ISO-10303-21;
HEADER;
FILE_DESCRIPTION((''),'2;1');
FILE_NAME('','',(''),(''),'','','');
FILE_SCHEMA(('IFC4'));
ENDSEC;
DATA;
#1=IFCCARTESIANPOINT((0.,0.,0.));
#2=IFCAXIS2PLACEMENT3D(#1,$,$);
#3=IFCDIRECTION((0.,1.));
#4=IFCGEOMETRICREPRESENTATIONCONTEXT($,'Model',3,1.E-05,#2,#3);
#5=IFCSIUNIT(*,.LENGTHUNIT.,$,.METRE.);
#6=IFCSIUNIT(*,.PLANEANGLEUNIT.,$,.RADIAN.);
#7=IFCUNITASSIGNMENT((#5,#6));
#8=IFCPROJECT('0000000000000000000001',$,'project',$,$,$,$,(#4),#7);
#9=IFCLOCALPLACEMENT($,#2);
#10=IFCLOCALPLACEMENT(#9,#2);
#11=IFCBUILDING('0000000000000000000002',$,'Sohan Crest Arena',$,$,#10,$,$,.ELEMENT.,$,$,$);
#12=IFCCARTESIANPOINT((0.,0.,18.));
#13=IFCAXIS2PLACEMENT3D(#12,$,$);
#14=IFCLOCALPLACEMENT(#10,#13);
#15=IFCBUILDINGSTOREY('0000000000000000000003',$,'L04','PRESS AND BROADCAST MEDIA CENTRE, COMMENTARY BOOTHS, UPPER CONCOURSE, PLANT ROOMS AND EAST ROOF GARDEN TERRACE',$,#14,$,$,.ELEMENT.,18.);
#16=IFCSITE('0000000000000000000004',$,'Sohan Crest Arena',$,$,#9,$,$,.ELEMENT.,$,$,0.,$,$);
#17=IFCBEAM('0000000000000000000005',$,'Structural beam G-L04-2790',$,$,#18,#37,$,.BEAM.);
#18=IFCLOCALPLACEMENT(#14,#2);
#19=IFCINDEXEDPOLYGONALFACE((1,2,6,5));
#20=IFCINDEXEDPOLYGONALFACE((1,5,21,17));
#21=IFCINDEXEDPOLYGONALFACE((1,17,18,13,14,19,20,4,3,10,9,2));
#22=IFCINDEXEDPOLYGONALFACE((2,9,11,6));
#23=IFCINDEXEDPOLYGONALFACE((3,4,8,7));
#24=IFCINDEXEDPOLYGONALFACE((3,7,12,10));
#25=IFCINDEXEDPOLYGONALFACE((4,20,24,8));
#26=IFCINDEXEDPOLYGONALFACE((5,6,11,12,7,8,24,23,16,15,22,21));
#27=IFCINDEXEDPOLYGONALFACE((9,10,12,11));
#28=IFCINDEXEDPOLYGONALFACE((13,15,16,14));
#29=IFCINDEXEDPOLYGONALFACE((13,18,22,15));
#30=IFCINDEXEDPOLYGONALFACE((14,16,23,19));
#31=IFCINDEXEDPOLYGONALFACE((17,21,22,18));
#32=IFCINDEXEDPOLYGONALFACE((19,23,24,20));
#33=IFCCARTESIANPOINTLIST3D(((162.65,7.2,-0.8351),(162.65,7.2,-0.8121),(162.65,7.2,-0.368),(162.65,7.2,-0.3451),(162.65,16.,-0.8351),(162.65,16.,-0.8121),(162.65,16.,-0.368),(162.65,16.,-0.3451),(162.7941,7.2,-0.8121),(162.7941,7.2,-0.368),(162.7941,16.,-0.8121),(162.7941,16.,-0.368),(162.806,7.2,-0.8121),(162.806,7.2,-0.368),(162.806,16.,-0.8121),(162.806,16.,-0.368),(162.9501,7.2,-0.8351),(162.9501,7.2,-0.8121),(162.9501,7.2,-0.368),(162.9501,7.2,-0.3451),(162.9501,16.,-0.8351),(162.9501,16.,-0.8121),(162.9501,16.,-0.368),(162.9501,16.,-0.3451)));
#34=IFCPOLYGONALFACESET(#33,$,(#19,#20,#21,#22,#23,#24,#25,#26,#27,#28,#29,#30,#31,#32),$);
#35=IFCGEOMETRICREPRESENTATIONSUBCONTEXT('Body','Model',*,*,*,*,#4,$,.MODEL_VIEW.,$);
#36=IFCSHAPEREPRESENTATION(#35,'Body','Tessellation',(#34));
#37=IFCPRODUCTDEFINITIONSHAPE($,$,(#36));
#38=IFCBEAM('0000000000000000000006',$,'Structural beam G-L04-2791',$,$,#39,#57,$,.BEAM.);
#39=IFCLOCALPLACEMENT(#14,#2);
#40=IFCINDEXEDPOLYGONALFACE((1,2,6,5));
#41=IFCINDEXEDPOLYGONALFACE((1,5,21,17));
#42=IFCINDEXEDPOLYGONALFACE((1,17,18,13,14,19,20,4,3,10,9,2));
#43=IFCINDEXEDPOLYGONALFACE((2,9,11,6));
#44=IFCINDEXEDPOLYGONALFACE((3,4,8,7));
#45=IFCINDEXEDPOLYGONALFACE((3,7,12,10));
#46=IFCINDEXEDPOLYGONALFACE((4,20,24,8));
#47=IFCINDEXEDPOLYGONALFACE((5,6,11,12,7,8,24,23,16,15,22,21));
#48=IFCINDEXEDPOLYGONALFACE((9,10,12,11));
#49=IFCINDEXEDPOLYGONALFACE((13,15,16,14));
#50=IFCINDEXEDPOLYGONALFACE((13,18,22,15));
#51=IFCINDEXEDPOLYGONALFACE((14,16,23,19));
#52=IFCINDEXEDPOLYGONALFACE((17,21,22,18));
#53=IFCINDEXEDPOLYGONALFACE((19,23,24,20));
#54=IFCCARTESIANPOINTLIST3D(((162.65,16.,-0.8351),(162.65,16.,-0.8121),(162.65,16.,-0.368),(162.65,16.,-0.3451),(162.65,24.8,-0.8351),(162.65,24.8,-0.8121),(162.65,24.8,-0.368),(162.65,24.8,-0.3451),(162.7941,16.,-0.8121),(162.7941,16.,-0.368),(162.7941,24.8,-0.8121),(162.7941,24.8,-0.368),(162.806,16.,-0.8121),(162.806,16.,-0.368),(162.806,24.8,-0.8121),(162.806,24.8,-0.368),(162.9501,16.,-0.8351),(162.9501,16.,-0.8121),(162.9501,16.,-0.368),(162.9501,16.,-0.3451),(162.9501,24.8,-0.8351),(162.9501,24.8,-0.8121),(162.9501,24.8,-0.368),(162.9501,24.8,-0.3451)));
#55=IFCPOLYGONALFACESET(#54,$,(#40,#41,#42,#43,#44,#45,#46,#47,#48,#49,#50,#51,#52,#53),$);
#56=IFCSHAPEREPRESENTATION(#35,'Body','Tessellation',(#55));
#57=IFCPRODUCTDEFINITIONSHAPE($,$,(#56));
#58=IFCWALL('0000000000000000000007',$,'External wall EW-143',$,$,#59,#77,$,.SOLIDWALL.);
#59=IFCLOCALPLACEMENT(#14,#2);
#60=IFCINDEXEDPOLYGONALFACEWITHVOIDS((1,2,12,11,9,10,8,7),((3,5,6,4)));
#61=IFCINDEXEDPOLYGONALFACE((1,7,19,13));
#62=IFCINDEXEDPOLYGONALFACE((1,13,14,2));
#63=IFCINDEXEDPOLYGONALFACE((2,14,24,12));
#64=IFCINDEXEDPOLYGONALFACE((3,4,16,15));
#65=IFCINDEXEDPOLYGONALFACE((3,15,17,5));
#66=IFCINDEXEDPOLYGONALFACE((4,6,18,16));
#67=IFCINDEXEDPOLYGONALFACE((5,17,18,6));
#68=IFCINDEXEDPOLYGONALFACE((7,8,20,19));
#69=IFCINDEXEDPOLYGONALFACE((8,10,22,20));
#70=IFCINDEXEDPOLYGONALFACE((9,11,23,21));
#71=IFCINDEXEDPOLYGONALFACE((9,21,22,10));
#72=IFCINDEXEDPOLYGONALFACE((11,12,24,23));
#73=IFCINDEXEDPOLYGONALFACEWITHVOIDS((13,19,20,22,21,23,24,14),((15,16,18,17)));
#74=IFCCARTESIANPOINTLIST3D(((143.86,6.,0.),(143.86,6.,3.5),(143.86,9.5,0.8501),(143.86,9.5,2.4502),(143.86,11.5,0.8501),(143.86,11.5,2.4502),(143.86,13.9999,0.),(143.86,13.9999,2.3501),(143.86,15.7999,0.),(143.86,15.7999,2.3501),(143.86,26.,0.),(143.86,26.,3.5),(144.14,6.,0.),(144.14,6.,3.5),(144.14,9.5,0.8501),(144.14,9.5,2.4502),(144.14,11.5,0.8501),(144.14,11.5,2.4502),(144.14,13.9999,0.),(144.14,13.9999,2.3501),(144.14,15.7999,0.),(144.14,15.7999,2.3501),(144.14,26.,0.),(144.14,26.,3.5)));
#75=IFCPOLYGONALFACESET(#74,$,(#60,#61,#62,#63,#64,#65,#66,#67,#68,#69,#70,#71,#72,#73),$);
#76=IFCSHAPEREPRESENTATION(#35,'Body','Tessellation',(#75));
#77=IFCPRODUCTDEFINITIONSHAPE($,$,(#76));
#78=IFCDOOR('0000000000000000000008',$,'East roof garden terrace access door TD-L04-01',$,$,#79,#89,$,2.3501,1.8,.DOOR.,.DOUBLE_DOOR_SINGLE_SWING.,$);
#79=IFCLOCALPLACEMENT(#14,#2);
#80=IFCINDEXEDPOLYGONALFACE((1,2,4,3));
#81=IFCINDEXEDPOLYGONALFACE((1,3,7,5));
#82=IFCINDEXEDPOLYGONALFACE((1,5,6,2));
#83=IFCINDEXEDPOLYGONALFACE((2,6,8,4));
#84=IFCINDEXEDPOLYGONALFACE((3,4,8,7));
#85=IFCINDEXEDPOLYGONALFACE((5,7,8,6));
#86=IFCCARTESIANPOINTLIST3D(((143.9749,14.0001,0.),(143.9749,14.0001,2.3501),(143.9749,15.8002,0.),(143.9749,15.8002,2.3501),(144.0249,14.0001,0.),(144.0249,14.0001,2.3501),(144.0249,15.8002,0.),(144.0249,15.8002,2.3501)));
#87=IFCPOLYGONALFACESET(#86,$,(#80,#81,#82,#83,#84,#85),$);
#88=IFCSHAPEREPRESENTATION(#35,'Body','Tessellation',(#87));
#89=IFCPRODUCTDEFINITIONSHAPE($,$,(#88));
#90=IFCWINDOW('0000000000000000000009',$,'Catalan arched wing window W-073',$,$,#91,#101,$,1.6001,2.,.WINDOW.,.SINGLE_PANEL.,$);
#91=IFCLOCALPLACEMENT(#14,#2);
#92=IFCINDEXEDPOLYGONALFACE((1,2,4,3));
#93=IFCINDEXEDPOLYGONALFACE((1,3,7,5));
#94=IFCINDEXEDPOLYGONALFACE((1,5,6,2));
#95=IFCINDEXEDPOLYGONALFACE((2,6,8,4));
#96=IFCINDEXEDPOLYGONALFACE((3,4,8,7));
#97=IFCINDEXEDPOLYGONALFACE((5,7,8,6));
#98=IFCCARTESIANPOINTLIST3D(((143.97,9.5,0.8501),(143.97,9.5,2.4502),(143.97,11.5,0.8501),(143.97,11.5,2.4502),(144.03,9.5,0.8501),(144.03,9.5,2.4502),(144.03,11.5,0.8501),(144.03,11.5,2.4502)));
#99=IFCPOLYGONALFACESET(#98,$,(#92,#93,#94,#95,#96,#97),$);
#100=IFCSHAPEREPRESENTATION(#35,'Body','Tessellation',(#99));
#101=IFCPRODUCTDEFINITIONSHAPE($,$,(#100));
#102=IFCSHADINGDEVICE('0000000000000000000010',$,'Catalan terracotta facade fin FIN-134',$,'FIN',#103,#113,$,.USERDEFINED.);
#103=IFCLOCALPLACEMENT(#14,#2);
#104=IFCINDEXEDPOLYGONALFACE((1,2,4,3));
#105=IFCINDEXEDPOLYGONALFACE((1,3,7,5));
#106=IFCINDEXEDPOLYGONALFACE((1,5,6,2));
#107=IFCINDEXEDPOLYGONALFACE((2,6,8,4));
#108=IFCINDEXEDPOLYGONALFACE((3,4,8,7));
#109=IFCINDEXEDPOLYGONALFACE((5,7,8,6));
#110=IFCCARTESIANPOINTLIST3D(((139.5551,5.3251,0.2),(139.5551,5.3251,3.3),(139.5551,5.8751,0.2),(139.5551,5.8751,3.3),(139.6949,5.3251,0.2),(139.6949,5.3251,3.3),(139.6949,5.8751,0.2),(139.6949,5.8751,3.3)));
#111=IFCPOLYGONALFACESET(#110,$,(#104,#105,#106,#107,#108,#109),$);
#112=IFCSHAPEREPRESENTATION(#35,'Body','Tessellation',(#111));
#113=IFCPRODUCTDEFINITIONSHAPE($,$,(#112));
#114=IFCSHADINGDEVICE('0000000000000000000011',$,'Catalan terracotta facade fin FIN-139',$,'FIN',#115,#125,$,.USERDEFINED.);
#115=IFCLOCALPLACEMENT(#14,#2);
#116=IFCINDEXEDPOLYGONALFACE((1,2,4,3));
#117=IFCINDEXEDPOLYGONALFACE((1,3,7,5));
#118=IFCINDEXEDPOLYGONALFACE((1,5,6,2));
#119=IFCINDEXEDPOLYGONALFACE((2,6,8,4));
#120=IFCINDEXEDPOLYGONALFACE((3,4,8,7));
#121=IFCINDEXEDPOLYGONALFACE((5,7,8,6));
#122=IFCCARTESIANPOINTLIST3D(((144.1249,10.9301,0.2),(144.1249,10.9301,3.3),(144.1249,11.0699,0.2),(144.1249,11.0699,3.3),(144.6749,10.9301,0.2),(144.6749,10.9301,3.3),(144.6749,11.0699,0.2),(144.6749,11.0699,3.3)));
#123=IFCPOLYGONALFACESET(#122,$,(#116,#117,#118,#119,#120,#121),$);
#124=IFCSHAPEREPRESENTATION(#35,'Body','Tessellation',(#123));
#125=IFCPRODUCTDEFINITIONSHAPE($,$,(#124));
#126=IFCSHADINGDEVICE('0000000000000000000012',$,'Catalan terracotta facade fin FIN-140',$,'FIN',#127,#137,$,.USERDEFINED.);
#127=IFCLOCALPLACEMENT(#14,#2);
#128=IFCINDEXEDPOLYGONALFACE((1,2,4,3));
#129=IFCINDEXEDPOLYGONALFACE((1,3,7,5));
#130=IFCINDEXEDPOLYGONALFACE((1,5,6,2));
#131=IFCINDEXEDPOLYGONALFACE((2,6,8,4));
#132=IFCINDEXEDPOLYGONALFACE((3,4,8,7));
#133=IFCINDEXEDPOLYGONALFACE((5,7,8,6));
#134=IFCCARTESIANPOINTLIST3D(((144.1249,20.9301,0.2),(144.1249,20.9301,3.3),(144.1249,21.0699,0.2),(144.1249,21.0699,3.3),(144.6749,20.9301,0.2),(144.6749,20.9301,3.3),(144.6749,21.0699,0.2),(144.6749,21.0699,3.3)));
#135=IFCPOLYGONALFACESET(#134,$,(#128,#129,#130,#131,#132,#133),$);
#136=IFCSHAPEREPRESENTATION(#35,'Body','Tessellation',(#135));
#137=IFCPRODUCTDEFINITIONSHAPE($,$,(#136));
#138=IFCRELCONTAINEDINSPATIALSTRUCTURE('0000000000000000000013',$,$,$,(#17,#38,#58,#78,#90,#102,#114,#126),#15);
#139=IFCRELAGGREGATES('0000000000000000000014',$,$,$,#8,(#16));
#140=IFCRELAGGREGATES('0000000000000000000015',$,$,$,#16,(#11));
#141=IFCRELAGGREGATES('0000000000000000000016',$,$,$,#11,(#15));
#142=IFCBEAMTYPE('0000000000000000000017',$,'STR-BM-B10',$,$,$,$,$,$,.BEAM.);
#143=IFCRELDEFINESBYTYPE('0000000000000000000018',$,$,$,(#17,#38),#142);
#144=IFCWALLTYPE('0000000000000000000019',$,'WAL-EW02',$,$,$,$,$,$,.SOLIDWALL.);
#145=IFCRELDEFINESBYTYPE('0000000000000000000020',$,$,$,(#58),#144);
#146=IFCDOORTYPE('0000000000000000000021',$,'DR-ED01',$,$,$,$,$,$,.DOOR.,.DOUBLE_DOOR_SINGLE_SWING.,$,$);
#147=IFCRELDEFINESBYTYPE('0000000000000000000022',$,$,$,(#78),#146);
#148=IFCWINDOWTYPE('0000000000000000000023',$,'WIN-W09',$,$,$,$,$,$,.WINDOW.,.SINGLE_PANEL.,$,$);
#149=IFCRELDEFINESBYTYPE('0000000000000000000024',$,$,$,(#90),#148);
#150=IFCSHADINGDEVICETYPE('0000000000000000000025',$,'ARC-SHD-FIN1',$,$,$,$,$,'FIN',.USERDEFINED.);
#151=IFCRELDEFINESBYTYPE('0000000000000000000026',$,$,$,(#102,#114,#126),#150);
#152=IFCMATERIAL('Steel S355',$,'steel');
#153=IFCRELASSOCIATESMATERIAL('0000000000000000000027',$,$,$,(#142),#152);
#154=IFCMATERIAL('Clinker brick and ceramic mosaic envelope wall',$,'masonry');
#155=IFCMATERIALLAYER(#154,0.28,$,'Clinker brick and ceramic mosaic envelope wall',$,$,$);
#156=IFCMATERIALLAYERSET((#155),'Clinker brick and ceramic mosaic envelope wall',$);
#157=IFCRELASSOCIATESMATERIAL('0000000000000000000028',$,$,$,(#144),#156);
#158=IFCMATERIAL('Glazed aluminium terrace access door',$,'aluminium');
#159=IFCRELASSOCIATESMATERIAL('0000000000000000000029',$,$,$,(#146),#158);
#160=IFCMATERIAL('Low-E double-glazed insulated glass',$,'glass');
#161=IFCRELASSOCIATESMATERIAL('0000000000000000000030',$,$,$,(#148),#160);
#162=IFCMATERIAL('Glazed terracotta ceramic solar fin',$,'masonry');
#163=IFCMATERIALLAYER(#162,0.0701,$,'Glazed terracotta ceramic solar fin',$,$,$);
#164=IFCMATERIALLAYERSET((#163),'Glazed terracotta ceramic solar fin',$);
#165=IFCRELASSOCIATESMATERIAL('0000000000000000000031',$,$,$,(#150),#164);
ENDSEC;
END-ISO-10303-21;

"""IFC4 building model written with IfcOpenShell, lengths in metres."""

from ifc_helpers import new_model, si_unit, direction, frame, frame_2d, origin, origin_2d, place, context, subcontext, project, spatial, rectangle, i_section, extrude, material, layer, layer_set, material_profile, profile_set, type_object, element, fill, save


model = new_model("IFC4")

# Units and contexts
model_context = context("Model", 3, precision=1e-05, world=origin(), true_north=direction((0.0, 1.0)))
body_context = subcontext(model_context, "Body", "Model", "MODEL_VIEW")
ifc_project = project(units=[si_unit("LENGTHUNIT", "METRE"), si_unit("PLANEANGLEUNIT", "RADIAN")], contexts=[model_context])

# Site, building, storey
site_placement = place(None, origin())
site = spatial("IfcSite", under=ifc_project, at=site_placement, Name="Sohan Crest Arena", CompositionType="ELEMENT", RefElevation=0.0)
building_placement = place(site_placement, origin())
building = spatial("IfcBuilding", under=site, at=building_placement, Name="Sohan Crest Arena", CompositionType="ELEMENT")
storey_placement = place(building_placement, frame((0.0, 0.0, 18.0)))
storey = spatial("IfcBuildingStorey", under=building, at=storey_placement, Name="L04", Description="PRESS AND BROADCAST MEDIA CENTRE, COMMENTARY BOOTHS, UPPER CONCOURSE, PLANT ROOMS AND EAST ROOF GARDEN TERRACE", CompositionType="ELEMENT", Elevation=18.0)

# Shared definitions
ifc_material_1 = material(Name="Steel S355", Category="steel")

# Beams
ifc_material_profile_1 = material_profile(ifc_material_1, i_section(OverallWidth=0.3, OverallDepth=0.49, WebThickness=0.012, FlangeThickness=0.0229, at=origin_2d()), Name="HEA 500")
ifc_profile_set_1 = profile_set([ifc_material_profile_1], Name="Steel S355")
beam_type_1 = type_object("IfcBeamType", Name="STR-BM-B10", PredefinedType="BEAM", material=ifc_profile_set_1)
for number, where, z_axis, x_axis, name in (
    (1, (162.8, 7.2, -0.5901), (0.0, 1.0, 0.0), (-1.0, 0.0, 0.0), "Structural beam G-L04-2790"),
    (2, (162.8, 16.0, -0.5901), (0.0, 1.0, 0.0), (-1.0, 0.0, 0.0), "Structural beam G-L04-2791"),
):
    element("IfcBeam", number, at=place(storey_placement, frame(where, z_axis=z_axis, x_axis=x_axis)), inside=storey, type_object=beam_type_1, Name=name, PredefinedType="BEAM", context=body_context, shape_type="SweptSolid", body=[
        extrude(i_section(OverallWidth=0.3, OverallDepth=0.49, WebThickness=0.012, FlangeThickness=0.0229, at=origin_2d()), origin(), (0.0, 0.0, 1.0), 8.8),
    ])

# Wall, openings, door, window
ifc_material_2 = material(Name="Clinker brick and ceramic mosaic envelope wall", Category="masonry")
ifc_layer_1 = layer(ifc_material_2, 0.28, Name="Clinker brick and ceramic mosaic envelope wall")
ifc_layer_set_1 = layer_set([ifc_layer_1], Name="Clinker brick and ceramic mosaic envelope wall")
wall_type = type_object("IfcWallType", Name="WAL-EW02", PredefinedType="SOLIDWALL", material=ifc_layer_set_1)
wall_placement = place(storey_placement, frame((144.0, 6.0, 0.0), z_axis=(0.0, 0.0, 1.0), x_axis=(0.0, 1.0, 0.0)))
wall = element("IfcWall", 3, at=wall_placement, inside=storey, type_object=wall_type, Name="External wall EW-143", PredefinedType="SOLIDWALL", context=body_context, shape_type="SweptSolid", body=[
    extrude(rectangle(XDim=20.0, YDim=0.28, at=frame_2d((10.0, 0.0))), origin(), (0.0, 0.0, 1.0), 3.5),
])
opening_1_placement = place(wall_placement, frame((3.5, 0.0, 0.8501)))
opening_1 = element("IfcOpeningElement", 4, at=opening_1_placement, cuts=wall, PredefinedType="OPENING", context=body_context, shape_type="SweptSolid", body=[
    extrude(rectangle(XDim=2.0, YDim=1.6001, at=frame_2d((1.0, 0.8))), frame((0.0, 0.1499, 0.0), z_axis=(0.0, -1.0, 0.0), x_axis=(1.0, 0.0, 0.0)), (0.0, 0.0, 1.0), 0.3),
])
opening_2_placement = place(wall_placement, frame((8.0, 0.0, 0.0)))
opening_2 = element("IfcOpeningElement", 5, at=opening_2_placement, cuts=wall, PredefinedType="OPENING", context=body_context, shape_type="SweptSolid", body=[
    extrude(rectangle(XDim=1.8, YDim=2.3501, at=frame_2d((0.8999, 1.175))), frame((0.0, 0.1499, 0.0), z_axis=(0.0, -1.0, 0.0), x_axis=(1.0, 0.0, 0.0)), (0.0, 0.0, 1.0), 0.3),
])
ifc_material_3 = material(Name="Glazed aluminium terrace access door", Category="aluminium")
door_type = type_object("IfcDoorType", Name="DR-ED01", OperationType="DOUBLE_DOOR_SINGLE_SWING", PredefinedType="DOOR", material=ifc_material_3)
door_placement = place(opening_2_placement, frame((1.8, 0.0, 0.0), z_axis=(0.0, 0.0, 1.0), x_axis=(-1.0, 0.0, 0.0)))
door = element("IfcDoor", 6, at=door_placement, inside=storey, type_object=door_type, Name="East roof garden terrace access door TD-L04-01", OperationType="DOUBLE_DOOR_SINGLE_SWING", OverallHeight=2.3501, OverallWidth=1.8, PredefinedType="DOOR", context=body_context, shape_type="SweptSolid", body=[
    extrude(rectangle(XDim=1.8, YDim=2.3501, at=frame_2d((0.8999, 1.175))), frame((0.0, 0.0249, 0.0), z_axis=(0.0, -1.0, 0.0), x_axis=(1.0, 0.0, 0.0)), (0.0, 0.0, 1.0), 0.05),
])
fill(opening_2, door)
ifc_material_4 = material(Name="Low-E double-glazed insulated glass", Category="glass")
window_type = type_object("IfcWindowType", Name="WIN-W09", PartitioningType="SINGLE_PANEL", PredefinedType="WINDOW", material=ifc_material_4)
window_placement = place(opening_1_placement, origin())
window = element("IfcWindow", 7, at=window_placement, inside=storey, type_object=window_type, Name="Catalan arched wing window W-073", OverallHeight=1.6001, OverallWidth=2.0, PartitioningType="SINGLE_PANEL", PredefinedType="WINDOW", context=body_context, shape_type="SweptSolid", body=[
    extrude(rectangle(XDim=2.0, YDim=1.6001, at=frame_2d((1.0, 0.8))), frame((0.0, 0.03, 0.0), z_axis=(0.0, -1.0, 0.0), x_axis=(1.0, 0.0, 0.0)), (0.0, 0.0, 1.0), 0.0601),
])
fill(opening_1, window)

# Shading devices
ifc_material_5 = material(Name="Glazed terracotta ceramic solar fin", Category="masonry")
ifc_layer_2 = layer(ifc_material_5, 0.0701, Name="Glazed terracotta ceramic solar fin")
ifc_layer_set_2 = layer_set([ifc_layer_2], Name="Glazed terracotta ceramic solar fin")
shading_device_type = type_object("IfcShadingDeviceType", Name="ARC-SHD-FIN1", ElementType="FIN", PredefinedType="USERDEFINED", material=ifc_layer_set_2)
for number, where, z_axis, x_axis, name in (
    (8, (139.625, 5.6001, 0.2), (0.0, 0.0, 1.0), (1.0, 0.0, 0.0), "Catalan terracotta facade fin FIN-134"),
    (9, (144.3999, 11.0, 0.2), (0.0, 0.0, 1.0), (0.0, 1.0, 0.0), "Catalan terracotta facade fin FIN-139"),
    (10, (144.3999, 21.0, 0.2), (0.0, 0.0, 1.0), (0.0, 1.0, 0.0), "Catalan terracotta facade fin FIN-140"),
):
    element("IfcShadingDevice", number, at=place(storey_placement, frame(where, z_axis=z_axis, x_axis=x_axis)), inside=storey, type_object=shading_device_type, Name=name, ObjectType="FIN", PredefinedType="USERDEFINED", context=body_context, shape_type="SweptSolid", body=[
        extrude(rectangle(XDim=0.1399, YDim=0.55, at=origin_2d()), origin(), (0.0, 0.0, 1.0), 3.1001),
    ])

save(model, "model.ifc")
